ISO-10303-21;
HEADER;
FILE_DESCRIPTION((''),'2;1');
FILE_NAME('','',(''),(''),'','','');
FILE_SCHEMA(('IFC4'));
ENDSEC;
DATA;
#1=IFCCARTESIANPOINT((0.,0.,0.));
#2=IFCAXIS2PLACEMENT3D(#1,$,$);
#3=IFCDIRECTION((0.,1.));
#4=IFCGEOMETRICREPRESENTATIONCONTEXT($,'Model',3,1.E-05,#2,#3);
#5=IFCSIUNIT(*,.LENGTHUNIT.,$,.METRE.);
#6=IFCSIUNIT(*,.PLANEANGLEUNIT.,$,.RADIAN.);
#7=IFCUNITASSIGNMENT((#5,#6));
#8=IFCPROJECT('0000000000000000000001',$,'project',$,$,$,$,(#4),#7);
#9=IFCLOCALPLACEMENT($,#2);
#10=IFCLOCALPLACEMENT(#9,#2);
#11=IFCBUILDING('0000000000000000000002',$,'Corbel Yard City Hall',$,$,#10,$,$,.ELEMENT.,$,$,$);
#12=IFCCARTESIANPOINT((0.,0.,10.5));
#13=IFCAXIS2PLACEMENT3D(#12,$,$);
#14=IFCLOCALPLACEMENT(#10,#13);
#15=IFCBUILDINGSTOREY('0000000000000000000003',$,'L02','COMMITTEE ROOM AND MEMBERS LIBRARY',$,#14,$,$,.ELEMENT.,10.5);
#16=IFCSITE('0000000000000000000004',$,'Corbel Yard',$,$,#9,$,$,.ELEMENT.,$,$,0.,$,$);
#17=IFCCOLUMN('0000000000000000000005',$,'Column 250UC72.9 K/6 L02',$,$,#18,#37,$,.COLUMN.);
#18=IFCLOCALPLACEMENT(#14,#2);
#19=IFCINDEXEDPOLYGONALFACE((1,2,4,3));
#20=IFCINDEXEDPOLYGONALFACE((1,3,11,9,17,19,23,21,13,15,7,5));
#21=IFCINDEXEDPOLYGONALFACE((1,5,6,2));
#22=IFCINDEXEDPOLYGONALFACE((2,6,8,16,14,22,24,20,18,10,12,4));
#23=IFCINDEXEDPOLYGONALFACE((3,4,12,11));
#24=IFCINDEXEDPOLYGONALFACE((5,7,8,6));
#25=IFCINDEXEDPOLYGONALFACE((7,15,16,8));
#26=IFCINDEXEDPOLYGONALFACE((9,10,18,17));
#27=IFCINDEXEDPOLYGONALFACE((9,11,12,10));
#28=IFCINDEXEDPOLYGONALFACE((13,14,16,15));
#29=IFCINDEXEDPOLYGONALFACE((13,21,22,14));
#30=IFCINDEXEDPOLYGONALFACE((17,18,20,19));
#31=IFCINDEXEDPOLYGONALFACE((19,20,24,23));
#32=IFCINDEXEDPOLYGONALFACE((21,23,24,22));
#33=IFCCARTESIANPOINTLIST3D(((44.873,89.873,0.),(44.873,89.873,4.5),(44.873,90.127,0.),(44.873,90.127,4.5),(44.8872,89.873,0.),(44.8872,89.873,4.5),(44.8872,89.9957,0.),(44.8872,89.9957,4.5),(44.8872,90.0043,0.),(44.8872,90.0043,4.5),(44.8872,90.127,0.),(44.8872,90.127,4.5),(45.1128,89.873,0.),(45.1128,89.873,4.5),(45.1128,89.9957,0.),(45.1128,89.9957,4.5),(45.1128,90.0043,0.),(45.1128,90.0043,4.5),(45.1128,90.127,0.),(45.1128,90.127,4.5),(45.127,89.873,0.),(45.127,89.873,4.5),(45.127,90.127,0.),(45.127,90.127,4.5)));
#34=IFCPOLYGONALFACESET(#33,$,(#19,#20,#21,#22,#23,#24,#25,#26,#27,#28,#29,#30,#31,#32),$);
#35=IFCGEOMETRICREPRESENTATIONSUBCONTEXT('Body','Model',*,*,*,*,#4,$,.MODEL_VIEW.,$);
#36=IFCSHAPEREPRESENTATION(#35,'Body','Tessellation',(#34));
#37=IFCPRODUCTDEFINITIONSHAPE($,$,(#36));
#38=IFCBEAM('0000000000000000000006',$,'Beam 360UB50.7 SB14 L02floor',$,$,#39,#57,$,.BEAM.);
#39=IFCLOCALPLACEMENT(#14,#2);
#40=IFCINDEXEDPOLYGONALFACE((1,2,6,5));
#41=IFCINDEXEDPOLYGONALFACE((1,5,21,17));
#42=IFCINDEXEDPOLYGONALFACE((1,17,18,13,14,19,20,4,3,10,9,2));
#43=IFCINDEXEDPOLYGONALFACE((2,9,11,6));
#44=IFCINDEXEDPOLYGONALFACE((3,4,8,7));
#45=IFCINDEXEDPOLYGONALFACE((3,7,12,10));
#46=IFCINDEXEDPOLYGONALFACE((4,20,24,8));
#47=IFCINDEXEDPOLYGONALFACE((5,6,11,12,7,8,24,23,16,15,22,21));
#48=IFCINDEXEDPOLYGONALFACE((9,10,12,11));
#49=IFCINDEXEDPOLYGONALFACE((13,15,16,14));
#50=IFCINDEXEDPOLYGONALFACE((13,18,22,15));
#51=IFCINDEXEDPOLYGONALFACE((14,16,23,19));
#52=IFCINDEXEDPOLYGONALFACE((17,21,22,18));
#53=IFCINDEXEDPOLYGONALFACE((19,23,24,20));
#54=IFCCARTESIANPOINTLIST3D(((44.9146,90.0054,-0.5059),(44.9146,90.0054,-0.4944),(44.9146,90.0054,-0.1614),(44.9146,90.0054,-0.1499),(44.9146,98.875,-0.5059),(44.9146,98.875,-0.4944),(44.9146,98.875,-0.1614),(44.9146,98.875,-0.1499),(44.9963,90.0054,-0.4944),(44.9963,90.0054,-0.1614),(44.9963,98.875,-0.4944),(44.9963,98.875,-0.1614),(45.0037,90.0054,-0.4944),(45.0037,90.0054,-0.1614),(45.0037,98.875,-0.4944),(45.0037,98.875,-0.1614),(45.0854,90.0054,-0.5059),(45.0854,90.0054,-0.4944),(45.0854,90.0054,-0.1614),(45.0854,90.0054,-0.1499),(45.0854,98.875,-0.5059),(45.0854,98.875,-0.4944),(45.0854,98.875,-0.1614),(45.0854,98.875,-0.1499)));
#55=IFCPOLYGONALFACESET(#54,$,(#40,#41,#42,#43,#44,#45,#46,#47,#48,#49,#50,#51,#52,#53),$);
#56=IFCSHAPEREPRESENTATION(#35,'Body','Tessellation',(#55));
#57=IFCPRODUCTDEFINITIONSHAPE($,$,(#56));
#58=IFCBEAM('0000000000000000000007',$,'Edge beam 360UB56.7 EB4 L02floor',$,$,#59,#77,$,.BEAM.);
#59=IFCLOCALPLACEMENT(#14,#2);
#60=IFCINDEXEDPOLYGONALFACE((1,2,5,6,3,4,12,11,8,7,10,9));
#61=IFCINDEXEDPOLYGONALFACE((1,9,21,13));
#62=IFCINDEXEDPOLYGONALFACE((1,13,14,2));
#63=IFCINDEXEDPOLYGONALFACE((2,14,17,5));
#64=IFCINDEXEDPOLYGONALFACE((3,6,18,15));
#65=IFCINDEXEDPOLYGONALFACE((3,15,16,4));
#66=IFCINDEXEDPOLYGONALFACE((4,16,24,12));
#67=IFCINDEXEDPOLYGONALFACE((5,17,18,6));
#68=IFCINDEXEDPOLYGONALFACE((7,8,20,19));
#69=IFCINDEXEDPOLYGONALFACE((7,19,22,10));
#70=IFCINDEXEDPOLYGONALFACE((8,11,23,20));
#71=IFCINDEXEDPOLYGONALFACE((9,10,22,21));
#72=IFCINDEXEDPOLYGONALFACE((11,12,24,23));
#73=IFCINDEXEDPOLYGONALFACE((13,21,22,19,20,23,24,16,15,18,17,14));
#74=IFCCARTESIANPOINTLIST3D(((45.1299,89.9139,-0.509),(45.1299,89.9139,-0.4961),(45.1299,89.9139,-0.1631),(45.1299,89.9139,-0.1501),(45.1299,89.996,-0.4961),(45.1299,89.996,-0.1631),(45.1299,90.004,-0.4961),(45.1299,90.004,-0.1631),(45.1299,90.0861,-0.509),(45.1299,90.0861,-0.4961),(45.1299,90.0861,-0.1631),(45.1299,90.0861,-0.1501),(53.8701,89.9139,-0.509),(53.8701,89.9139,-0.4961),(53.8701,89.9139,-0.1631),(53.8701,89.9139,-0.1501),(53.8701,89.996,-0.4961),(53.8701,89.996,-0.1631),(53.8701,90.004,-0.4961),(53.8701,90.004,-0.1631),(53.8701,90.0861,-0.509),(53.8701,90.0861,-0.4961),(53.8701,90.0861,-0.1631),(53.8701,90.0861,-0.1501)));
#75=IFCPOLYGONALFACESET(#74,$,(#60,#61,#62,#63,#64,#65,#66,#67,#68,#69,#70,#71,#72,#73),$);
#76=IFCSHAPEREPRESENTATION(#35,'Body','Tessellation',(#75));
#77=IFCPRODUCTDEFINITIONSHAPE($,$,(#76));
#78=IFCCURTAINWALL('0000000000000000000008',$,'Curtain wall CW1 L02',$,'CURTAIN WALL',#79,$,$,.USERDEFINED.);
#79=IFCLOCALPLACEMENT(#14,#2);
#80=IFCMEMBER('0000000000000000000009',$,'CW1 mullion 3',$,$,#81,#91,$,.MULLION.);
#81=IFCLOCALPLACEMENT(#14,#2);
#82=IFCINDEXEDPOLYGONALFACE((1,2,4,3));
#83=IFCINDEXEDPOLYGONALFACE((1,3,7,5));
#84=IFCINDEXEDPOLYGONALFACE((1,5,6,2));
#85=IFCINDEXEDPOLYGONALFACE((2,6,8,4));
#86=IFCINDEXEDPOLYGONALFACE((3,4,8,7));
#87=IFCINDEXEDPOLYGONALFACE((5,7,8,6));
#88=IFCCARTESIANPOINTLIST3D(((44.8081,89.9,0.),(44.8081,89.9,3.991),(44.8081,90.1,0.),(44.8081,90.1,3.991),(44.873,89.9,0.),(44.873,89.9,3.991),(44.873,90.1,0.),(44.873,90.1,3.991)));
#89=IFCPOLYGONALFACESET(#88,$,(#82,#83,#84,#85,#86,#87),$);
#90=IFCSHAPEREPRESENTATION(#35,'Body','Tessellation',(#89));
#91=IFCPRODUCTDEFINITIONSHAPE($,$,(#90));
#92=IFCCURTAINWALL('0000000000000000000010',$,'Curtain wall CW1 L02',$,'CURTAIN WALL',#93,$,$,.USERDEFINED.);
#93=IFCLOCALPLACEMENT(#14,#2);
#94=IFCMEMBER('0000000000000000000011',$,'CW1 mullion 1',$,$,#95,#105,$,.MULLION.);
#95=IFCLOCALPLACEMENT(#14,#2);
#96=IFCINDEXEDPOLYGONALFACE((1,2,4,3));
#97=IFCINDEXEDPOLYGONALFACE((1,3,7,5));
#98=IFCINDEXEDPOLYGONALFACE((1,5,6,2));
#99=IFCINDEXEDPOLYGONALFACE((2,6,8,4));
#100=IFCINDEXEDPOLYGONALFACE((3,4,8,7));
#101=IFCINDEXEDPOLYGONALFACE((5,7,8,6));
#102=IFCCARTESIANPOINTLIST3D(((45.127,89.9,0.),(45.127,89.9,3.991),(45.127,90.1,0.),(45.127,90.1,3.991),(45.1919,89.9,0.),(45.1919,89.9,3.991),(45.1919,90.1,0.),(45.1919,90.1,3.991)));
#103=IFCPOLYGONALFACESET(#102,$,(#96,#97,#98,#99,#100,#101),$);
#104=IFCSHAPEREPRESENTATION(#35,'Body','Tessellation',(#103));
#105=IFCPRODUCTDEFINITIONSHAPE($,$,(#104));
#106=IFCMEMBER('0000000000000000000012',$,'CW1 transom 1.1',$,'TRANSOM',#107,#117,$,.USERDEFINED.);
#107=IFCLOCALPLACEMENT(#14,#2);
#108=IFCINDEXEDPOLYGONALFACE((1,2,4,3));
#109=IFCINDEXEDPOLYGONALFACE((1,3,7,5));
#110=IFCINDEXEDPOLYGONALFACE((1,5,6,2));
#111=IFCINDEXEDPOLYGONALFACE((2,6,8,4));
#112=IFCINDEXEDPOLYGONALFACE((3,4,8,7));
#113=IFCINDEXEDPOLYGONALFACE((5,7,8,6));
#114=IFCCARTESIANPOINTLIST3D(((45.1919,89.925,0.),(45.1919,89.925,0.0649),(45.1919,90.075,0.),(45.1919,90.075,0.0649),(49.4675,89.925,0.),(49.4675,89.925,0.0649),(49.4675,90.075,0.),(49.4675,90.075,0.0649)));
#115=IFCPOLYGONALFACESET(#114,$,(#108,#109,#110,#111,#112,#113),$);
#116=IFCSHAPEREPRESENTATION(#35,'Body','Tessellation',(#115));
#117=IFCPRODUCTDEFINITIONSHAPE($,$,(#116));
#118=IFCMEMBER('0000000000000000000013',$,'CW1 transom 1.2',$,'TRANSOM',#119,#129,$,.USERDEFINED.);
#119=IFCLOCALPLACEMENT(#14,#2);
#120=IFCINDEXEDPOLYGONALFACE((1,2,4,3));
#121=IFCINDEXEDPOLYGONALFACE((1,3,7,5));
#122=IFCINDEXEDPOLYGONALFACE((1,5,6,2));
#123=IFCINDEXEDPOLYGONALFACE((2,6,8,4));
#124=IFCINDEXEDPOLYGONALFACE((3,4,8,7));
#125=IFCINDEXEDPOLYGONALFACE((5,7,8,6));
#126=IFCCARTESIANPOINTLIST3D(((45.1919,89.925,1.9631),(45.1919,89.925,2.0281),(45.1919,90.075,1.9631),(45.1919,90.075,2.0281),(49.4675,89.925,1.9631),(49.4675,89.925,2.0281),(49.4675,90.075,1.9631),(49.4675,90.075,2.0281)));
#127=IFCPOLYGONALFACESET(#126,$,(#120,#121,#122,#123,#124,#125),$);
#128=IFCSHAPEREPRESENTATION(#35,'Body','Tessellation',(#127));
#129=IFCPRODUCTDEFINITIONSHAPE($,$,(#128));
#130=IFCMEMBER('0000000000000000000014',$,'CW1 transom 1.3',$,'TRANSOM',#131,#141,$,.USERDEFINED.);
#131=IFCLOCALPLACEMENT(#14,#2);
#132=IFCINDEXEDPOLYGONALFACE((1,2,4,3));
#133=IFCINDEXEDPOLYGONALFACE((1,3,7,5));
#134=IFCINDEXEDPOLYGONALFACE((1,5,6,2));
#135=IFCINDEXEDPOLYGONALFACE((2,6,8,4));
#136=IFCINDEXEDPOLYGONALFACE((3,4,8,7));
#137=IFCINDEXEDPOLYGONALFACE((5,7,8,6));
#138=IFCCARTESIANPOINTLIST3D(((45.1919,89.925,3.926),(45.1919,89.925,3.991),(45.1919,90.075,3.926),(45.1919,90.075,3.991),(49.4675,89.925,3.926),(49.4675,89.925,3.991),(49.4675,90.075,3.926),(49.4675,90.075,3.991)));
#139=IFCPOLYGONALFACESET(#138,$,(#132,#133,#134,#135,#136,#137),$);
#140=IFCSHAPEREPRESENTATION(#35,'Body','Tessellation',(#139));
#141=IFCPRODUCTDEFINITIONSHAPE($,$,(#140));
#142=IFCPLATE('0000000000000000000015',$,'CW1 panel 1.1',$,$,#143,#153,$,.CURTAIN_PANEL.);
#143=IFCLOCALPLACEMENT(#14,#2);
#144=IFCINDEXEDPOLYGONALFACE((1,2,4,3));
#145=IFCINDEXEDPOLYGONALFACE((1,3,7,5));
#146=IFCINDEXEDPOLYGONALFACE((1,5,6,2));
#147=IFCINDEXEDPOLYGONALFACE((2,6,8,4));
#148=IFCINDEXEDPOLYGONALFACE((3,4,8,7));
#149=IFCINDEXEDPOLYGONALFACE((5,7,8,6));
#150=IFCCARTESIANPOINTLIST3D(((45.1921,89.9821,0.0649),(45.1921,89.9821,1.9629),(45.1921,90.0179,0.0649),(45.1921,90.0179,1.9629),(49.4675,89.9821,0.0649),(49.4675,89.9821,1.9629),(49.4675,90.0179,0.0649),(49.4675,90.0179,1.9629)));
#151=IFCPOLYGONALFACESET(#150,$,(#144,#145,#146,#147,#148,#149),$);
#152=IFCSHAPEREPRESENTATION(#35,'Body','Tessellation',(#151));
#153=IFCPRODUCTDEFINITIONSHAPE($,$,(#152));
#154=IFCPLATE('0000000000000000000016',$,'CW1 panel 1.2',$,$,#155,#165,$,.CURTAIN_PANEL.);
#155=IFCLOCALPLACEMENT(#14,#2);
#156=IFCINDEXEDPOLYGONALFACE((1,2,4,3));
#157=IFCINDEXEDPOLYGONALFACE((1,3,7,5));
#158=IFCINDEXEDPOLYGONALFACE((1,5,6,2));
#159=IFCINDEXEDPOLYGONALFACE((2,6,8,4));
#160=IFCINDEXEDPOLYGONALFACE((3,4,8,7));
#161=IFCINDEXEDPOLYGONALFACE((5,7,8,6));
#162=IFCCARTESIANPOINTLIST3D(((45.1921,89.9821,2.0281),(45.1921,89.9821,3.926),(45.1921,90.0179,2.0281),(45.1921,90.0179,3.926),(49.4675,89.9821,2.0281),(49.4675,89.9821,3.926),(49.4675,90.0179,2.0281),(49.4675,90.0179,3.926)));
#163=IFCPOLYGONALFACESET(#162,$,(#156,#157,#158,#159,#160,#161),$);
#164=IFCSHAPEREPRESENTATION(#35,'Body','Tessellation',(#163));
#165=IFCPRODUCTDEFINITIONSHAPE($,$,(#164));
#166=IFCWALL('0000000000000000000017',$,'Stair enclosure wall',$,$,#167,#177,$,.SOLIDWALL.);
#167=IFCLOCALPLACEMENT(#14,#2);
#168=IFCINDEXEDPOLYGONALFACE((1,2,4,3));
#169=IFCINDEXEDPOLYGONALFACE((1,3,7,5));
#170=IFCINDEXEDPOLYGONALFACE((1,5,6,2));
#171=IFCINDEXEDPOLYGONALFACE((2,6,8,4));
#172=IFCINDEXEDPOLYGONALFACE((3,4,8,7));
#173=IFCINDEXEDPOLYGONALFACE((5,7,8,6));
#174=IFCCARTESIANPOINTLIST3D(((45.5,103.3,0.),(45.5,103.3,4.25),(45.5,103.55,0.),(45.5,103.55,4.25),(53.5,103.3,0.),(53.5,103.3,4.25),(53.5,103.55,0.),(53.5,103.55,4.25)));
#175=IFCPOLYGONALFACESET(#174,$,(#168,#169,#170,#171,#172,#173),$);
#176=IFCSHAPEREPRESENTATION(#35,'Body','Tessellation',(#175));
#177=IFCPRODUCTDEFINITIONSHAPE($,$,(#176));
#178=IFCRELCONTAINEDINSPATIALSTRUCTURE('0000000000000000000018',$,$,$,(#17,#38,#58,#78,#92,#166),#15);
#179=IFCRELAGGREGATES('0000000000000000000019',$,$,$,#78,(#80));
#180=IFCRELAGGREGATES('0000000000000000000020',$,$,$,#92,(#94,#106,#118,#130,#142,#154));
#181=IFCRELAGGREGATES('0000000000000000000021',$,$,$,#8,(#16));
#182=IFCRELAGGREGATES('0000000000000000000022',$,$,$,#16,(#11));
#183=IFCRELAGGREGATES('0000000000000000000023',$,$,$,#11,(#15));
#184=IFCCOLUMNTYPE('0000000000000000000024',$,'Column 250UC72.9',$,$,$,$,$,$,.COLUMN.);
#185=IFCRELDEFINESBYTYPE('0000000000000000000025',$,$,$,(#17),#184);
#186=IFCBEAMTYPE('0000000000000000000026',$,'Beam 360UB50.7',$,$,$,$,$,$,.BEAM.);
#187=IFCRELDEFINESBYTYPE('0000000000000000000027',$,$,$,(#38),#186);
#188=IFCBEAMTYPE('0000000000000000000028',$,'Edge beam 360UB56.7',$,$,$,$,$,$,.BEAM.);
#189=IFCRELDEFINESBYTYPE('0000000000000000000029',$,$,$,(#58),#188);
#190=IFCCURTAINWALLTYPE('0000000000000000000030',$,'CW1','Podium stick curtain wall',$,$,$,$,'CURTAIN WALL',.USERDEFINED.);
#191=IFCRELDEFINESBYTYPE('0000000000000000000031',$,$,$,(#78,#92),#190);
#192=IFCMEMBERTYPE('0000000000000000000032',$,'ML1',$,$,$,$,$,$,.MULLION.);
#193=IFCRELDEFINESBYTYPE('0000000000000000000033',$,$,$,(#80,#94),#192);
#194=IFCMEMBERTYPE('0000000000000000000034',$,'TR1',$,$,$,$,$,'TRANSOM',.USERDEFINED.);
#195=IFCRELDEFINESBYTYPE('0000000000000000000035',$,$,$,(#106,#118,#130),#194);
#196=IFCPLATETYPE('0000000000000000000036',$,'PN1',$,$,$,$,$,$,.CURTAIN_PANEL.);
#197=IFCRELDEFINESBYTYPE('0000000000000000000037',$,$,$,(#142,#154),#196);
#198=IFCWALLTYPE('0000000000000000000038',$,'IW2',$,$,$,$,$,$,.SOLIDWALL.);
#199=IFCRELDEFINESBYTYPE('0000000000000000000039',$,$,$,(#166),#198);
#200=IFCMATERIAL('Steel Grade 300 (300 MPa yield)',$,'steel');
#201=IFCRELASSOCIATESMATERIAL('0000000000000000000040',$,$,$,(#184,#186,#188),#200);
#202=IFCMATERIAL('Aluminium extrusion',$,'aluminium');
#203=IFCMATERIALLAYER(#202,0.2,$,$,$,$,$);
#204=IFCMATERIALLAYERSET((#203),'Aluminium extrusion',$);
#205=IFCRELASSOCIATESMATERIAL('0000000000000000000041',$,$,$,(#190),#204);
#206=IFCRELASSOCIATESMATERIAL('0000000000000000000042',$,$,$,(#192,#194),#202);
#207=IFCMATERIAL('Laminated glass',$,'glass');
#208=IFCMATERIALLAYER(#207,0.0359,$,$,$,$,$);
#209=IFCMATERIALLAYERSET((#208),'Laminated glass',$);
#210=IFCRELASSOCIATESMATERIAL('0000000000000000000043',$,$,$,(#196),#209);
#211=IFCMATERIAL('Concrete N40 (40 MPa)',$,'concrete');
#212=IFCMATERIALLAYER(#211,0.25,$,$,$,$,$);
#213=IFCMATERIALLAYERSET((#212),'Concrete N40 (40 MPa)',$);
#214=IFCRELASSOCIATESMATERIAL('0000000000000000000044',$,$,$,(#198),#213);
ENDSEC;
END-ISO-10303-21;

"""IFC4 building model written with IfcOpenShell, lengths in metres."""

from ifc_helpers import new_model, si_unit, direction, frame, frame_2d, origin, origin_2d, place, context, subcontext, project, spatial, rectangle, i_section, extrude, material, layer, layer_set, material_profile, profile_set, type_object, element, aggregate, save


model = new_model("IFC4")

# Units and contexts
model_context = context("Model", 3, precision=1e-05, world=origin(), true_north=direction((0.0, 1.0)))
body_context = subcontext(model_context, "Body", "Model", "MODEL_VIEW")
ifc_project = project(units=[si_unit("LENGTHUNIT", "METRE"), si_unit("PLANEANGLEUNIT", "RADIAN")], contexts=[model_context])

# Site, building, storey
site_placement = place(None, origin())
site = spatial("IfcSite", under=ifc_project, at=site_placement, Name="Corbel Yard", CompositionType="ELEMENT", RefElevation=0.0)
building_placement = place(site_placement, origin())
building = spatial("IfcBuilding", under=site, at=building_placement, Name="Corbel Yard City Hall", CompositionType="ELEMENT")
storey_placement = place(building_placement, frame((0.0, 0.0, 10.5)))
storey = spatial("IfcBuildingStorey", under=building, at=storey_placement, Name="L02", Description="COMMITTEE ROOM AND MEMBERS LIBRARY", CompositionType="ELEMENT", Elevation=10.5)

# Column
ifc_material_1 = material(Name="Steel Grade 300 (300 MPa yield)", Category="steel")
ifc_material_profile_1 = material_profile(ifc_material_1, i_section(OverallWidth=0.2539, OverallDepth=0.2539, WebThickness=0.0085, FlangeThickness=0.0142, at=origin_2d()), Name="250UC72.9")
ifc_profile_set_1 = profile_set([ifc_material_profile_1], Name="Steel Grade 300 (300 MPa yield)")
column_type = type_object("IfcColumnType", Name="Column 250UC72.9", PredefinedType="COLUMN", material=ifc_profile_set_1)
column_placement = place(storey_placement, frame((45.0, 90.0, 0.0), z_axis=(0.0, 0.0, 1.0), x_axis=(0.0, 1.0, 0.0)))
element("IfcColumn", 1, at=column_placement, inside=storey, type_object=column_type, Name="Column 250UC72.9 K/6 L02", PredefinedType="COLUMN", context=body_context, shape_type="SweptSolid", body=[
    extrude(i_section(OverallWidth=0.2539, OverallDepth=0.2539, WebThickness=0.0085, FlangeThickness=0.0142, at=origin_2d()), origin(), (0.0, 0.0, 1.0), 4.5),
])

# Beams
ifc_material_profile_2 = material_profile(ifc_material_1, i_section(OverallWidth=0.1709, OverallDepth=0.356, WebThickness=0.0073, FlangeThickness=0.0115, at=origin_2d()), Name="360UB50.7")
ifc_profile_set_2 = profile_set([ifc_material_profile_2], Name="Steel Grade 300 (300 MPa yield)")
beam_type_1 = type_object("IfcBeamType", Name="Beam 360UB50.7", PredefinedType="BEAM", material=ifc_profile_set_2)
beam_1_placement = place(storey_placement, frame((45.0, 90.0054, -0.3279), z_axis=(0.0, 1.0, 0.0), x_axis=(-1.0, 0.0, 0.0)))
element("IfcBeam", 2, at=beam_1_placement, inside=storey, type_object=beam_type_1, Name="Beam 360UB50.7 SB14 L02floor", PredefinedType="BEAM", context=body_context, shape_type="SweptSolid", body=[
    extrude(i_section(OverallWidth=0.1709, OverallDepth=0.356, WebThickness=0.0073, FlangeThickness=0.0115, at=origin_2d()), origin(), (0.0, 0.0, 1.0), 8.8696),
])
ifc_material_profile_3 = material_profile(ifc_material_1, i_section(OverallWidth=0.1721, OverallDepth=0.3589, WebThickness=0.0081, FlangeThickness=0.0129, at=origin_2d()), Name="360UB56.7")
ifc_profile_set_3 = profile_set([ifc_material_profile_3], Name="Steel Grade 300 (300 MPa yield)")
beam_type_2 = type_object("IfcBeamType", Name="Edge beam 360UB56.7", PredefinedType="BEAM", material=ifc_profile_set_3)
beam_2_placement = place(storey_placement, frame((45.1299, 90.0, -0.3296), z_axis=(1.0, 0.0, 0.0), x_axis=(0.0, 1.0, 0.0)))
element("IfcBeam", 3, at=beam_2_placement, inside=storey, type_object=beam_type_2, Name="Edge beam 360UB56.7 EB4 L02floor", PredefinedType="BEAM", context=body_context, shape_type="SweptSolid", body=[
    extrude(i_section(OverallWidth=0.1721, OverallDepth=0.3589, WebThickness=0.0081, FlangeThickness=0.0129, at=origin_2d()), origin(), (0.0, 0.0, 1.0), 8.7402),
])

# Curtain wall, member
ifc_material_2 = material(Name="Aluminium extrusion", Category="aluminium")
ifc_layer_1 = layer(ifc_material_2, 0.2)
ifc_layer_set_1 = layer_set([ifc_layer_1], Name="Aluminium extrusion")
curtain_wall_type = type_object("IfcCurtainWallType", Name="CW1", Description="Podium stick curtain wall", ElementType="CURTAIN WALL", PredefinedType="USERDEFINED", material=ifc_layer_set_1)
curtain_wall_1_placement = place(storey_placement, origin())
curtain_wall_1 = element("IfcCurtainWall", 4, at=curtain_wall_1_placement, inside=storey, type_object=curtain_wall_type, Name="Curtain wall CW1 L02", ObjectType="CURTAIN WALL", PredefinedType="USERDEFINED")
ifc_material_profile_4 = material_profile(ifc_material_2, rectangle(XDim=0.2, YDim=0.0649, at=origin_2d()), Name="200x65")
ifc_profile_set_4 = profile_set([ifc_material_profile_4], Name="Aluminium extrusion")
member_type_1 = type_object("IfcMemberType", Name="ML1", PredefinedType="MULLION", material=ifc_profile_set_4)
member_1_placement = place(storey_placement, frame((44.8406, 90.0, 0.0), z_axis=(0.0, 0.0, 1.0), x_axis=(0.0, 1.0, 0.0)))
member_1 = element("IfcMember", 5, at=member_1_placement, type_object=member_type_1, Name="CW1 mullion 3", PredefinedType="MULLION", context=body_context, shape_type="SweptSolid", body=[
    extrude(rectangle(XDim=0.2, YDim=0.0649, at=origin_2d()), origin(), (0.0, 0.0, 1.0), 3.991),
])
aggregate(curtain_wall_1, [member_1])

# Curtain wall, members, plates
curtain_wall_2_placement = place(storey_placement, origin())
curtain_wall_2 = element("IfcCurtainWall", 6, at=curtain_wall_2_placement, inside=storey, type_object=curtain_wall_type, Name="Curtain wall CW1 L02", ObjectType="CURTAIN WALL", PredefinedType="USERDEFINED")
member_2_placement = place(storey_placement, frame((45.1594, 90.0, 0.0), z_axis=(0.0, 0.0, 1.0), x_axis=(0.0, 1.0, 0.0)))
member_2 = element("IfcMember", 7, at=member_2_placement, type_object=member_type_1, Name="CW1 mullion 1", PredefinedType="MULLION", context=body_context, shape_type="SweptSolid", body=[
    extrude(rectangle(XDim=0.2, YDim=0.0649, at=origin_2d()), origin(), (0.0, 0.0, 1.0), 3.991),
])
ifc_material_profile_5 = material_profile(ifc_material_2, rectangle(XDim=0.1499, YDim=0.0649, at=origin_2d()), Name="150x65")
ifc_profile_set_5 = profile_set([ifc_material_profile_5], Name="Aluminium extrusion")
member_type_2 = type_object("IfcMemberType", Name="TR1", ElementType="TRANSOM", PredefinedType="USERDEFINED", material=ifc_profile_set_5)
member_3_placement = place(storey_placement, frame((45.1919, 90.0, 0.0325), z_axis=(1.0, 0.0, 0.0), x_axis=(0.0, 1.0, 0.0)))
member_3 = element("IfcMember", 8, at=member_3_placement, type_object=member_type_2, Name="CW1 transom 1.1", ObjectType="TRANSOM", PredefinedType="USERDEFINED", context=body_context, shape_type="SweptSolid", body=[
    extrude(rectangle(XDim=0.1499, YDim=0.0649, at=origin_2d()), origin(), (0.0, 0.0, 1.0), 4.2756),
])
member_4_placement = place(storey_placement, frame((45.1919, 90.0, 1.9956), z_axis=(1.0, 0.0, 0.0), x_axis=(0.0, 1.0, 0.0)))
member_4 = element("IfcMember", 9, at=member_4_placement, type_object=member_type_2, Name="CW1 transom 1.2", ObjectType="TRANSOM", PredefinedType="USERDEFINED", context=body_context, shape_type="SweptSolid", body=[
    extrude(rectangle(XDim=0.1499, YDim=0.0649, at=origin_2d()), origin(), (0.0, 0.0, 1.0), 4.2756),
])
member_5_placement = place(storey_placement, frame((45.1919, 90.0, 3.9585), z_axis=(1.0, 0.0, 0.0), x_axis=(0.0, 1.0, 0.0)))
member_5 = element("IfcMember", 10, at=member_5_placement, type_object=member_type_2, Name="CW1 transom 1.3", ObjectType="TRANSOM", PredefinedType="USERDEFINED", context=body_context, shape_type="SweptSolid", body=[
    extrude(rectangle(XDim=0.1499, YDim=0.0649, at=origin_2d()), origin(), (0.0, 0.0, 1.0), 4.2756),
])
ifc_material_3 = material(Name="Laminated glass", Category="glass")
ifc_layer_2 = layer(ifc_material_3, 0.0359)
ifc_layer_set_2 = layer_set([ifc_layer_2], Name="Laminated glass")
plate_type = type_object("IfcPlateType", Name="PN1", PredefinedType="CURTAIN_PANEL", material=ifc_layer_set_2)
plate_1_placement = place(storey_placement, frame((47.3298, 90.0, 0.0649), z_axis=(0.0, 0.0, 1.0), x_axis=(1.0, 0.0, 0.0)))
plate_1 = element("IfcPlate", 11, at=plate_1_placement, type_object=plate_type, Name="CW1 panel 1.1", PredefinedType="CURTAIN_PANEL", context=body_context, shape_type="SweptSolid", body=[
    extrude(rectangle(XDim=4.2754, YDim=0.0359, at=origin_2d()), origin(), (0.0, 0.0, 1.0), 1.8979),
])
plate_2_placement = place(storey_placement, frame((47.3298, 90.0, 2.0281), z_axis=(0.0, 0.0, 1.0), x_axis=(1.0, 0.0, 0.0)))
plate_2 = element("IfcPlate", 12, at=plate_2_placement, type_object=plate_type, Name="CW1 panel 1.2", PredefinedType="CURTAIN_PANEL", context=body_context, shape_type="SweptSolid", body=[
    extrude(rectangle(XDim=4.2754, YDim=0.0359, at=origin_2d()), origin(), (0.0, 0.0, 1.0), 1.8979),
])
aggregate(curtain_wall_2, [member_2, member_3, member_4, member_5, plate_1, plate_2])

# Wall
ifc_material_4 = material(Name="Concrete N40 (40 MPa)", Category="concrete")
ifc_layer_3 = layer(ifc_material_4, 0.25)
ifc_layer_set_3 = layer_set([ifc_layer_3], Name="Concrete N40 (40 MPa)")
wall_type_1 = type_object("IfcWallType", Name="IW2", PredefinedType="SOLIDWALL", material=ifc_layer_set_3)
wall_1_placement = place(storey_placement, frame((45.5, 103.425, 0.0), z_axis=(0.0, 0.0, 1.0), x_axis=(1.0, 0.0, 0.0)))
element("IfcWall", 13, at=wall_1_placement, inside=storey, type_object=wall_type_1, Name="Stair enclosure wall", PredefinedType="SOLIDWALL", context=body_context, shape_type="SweptSolid", body=[
    extrude(rectangle(XDim=8.0, YDim=0.25, at=frame_2d((4.0, 0.0))), origin(), (0.0, 0.0, 1.0), 4.25),
])

save(model, "model.ifc")
